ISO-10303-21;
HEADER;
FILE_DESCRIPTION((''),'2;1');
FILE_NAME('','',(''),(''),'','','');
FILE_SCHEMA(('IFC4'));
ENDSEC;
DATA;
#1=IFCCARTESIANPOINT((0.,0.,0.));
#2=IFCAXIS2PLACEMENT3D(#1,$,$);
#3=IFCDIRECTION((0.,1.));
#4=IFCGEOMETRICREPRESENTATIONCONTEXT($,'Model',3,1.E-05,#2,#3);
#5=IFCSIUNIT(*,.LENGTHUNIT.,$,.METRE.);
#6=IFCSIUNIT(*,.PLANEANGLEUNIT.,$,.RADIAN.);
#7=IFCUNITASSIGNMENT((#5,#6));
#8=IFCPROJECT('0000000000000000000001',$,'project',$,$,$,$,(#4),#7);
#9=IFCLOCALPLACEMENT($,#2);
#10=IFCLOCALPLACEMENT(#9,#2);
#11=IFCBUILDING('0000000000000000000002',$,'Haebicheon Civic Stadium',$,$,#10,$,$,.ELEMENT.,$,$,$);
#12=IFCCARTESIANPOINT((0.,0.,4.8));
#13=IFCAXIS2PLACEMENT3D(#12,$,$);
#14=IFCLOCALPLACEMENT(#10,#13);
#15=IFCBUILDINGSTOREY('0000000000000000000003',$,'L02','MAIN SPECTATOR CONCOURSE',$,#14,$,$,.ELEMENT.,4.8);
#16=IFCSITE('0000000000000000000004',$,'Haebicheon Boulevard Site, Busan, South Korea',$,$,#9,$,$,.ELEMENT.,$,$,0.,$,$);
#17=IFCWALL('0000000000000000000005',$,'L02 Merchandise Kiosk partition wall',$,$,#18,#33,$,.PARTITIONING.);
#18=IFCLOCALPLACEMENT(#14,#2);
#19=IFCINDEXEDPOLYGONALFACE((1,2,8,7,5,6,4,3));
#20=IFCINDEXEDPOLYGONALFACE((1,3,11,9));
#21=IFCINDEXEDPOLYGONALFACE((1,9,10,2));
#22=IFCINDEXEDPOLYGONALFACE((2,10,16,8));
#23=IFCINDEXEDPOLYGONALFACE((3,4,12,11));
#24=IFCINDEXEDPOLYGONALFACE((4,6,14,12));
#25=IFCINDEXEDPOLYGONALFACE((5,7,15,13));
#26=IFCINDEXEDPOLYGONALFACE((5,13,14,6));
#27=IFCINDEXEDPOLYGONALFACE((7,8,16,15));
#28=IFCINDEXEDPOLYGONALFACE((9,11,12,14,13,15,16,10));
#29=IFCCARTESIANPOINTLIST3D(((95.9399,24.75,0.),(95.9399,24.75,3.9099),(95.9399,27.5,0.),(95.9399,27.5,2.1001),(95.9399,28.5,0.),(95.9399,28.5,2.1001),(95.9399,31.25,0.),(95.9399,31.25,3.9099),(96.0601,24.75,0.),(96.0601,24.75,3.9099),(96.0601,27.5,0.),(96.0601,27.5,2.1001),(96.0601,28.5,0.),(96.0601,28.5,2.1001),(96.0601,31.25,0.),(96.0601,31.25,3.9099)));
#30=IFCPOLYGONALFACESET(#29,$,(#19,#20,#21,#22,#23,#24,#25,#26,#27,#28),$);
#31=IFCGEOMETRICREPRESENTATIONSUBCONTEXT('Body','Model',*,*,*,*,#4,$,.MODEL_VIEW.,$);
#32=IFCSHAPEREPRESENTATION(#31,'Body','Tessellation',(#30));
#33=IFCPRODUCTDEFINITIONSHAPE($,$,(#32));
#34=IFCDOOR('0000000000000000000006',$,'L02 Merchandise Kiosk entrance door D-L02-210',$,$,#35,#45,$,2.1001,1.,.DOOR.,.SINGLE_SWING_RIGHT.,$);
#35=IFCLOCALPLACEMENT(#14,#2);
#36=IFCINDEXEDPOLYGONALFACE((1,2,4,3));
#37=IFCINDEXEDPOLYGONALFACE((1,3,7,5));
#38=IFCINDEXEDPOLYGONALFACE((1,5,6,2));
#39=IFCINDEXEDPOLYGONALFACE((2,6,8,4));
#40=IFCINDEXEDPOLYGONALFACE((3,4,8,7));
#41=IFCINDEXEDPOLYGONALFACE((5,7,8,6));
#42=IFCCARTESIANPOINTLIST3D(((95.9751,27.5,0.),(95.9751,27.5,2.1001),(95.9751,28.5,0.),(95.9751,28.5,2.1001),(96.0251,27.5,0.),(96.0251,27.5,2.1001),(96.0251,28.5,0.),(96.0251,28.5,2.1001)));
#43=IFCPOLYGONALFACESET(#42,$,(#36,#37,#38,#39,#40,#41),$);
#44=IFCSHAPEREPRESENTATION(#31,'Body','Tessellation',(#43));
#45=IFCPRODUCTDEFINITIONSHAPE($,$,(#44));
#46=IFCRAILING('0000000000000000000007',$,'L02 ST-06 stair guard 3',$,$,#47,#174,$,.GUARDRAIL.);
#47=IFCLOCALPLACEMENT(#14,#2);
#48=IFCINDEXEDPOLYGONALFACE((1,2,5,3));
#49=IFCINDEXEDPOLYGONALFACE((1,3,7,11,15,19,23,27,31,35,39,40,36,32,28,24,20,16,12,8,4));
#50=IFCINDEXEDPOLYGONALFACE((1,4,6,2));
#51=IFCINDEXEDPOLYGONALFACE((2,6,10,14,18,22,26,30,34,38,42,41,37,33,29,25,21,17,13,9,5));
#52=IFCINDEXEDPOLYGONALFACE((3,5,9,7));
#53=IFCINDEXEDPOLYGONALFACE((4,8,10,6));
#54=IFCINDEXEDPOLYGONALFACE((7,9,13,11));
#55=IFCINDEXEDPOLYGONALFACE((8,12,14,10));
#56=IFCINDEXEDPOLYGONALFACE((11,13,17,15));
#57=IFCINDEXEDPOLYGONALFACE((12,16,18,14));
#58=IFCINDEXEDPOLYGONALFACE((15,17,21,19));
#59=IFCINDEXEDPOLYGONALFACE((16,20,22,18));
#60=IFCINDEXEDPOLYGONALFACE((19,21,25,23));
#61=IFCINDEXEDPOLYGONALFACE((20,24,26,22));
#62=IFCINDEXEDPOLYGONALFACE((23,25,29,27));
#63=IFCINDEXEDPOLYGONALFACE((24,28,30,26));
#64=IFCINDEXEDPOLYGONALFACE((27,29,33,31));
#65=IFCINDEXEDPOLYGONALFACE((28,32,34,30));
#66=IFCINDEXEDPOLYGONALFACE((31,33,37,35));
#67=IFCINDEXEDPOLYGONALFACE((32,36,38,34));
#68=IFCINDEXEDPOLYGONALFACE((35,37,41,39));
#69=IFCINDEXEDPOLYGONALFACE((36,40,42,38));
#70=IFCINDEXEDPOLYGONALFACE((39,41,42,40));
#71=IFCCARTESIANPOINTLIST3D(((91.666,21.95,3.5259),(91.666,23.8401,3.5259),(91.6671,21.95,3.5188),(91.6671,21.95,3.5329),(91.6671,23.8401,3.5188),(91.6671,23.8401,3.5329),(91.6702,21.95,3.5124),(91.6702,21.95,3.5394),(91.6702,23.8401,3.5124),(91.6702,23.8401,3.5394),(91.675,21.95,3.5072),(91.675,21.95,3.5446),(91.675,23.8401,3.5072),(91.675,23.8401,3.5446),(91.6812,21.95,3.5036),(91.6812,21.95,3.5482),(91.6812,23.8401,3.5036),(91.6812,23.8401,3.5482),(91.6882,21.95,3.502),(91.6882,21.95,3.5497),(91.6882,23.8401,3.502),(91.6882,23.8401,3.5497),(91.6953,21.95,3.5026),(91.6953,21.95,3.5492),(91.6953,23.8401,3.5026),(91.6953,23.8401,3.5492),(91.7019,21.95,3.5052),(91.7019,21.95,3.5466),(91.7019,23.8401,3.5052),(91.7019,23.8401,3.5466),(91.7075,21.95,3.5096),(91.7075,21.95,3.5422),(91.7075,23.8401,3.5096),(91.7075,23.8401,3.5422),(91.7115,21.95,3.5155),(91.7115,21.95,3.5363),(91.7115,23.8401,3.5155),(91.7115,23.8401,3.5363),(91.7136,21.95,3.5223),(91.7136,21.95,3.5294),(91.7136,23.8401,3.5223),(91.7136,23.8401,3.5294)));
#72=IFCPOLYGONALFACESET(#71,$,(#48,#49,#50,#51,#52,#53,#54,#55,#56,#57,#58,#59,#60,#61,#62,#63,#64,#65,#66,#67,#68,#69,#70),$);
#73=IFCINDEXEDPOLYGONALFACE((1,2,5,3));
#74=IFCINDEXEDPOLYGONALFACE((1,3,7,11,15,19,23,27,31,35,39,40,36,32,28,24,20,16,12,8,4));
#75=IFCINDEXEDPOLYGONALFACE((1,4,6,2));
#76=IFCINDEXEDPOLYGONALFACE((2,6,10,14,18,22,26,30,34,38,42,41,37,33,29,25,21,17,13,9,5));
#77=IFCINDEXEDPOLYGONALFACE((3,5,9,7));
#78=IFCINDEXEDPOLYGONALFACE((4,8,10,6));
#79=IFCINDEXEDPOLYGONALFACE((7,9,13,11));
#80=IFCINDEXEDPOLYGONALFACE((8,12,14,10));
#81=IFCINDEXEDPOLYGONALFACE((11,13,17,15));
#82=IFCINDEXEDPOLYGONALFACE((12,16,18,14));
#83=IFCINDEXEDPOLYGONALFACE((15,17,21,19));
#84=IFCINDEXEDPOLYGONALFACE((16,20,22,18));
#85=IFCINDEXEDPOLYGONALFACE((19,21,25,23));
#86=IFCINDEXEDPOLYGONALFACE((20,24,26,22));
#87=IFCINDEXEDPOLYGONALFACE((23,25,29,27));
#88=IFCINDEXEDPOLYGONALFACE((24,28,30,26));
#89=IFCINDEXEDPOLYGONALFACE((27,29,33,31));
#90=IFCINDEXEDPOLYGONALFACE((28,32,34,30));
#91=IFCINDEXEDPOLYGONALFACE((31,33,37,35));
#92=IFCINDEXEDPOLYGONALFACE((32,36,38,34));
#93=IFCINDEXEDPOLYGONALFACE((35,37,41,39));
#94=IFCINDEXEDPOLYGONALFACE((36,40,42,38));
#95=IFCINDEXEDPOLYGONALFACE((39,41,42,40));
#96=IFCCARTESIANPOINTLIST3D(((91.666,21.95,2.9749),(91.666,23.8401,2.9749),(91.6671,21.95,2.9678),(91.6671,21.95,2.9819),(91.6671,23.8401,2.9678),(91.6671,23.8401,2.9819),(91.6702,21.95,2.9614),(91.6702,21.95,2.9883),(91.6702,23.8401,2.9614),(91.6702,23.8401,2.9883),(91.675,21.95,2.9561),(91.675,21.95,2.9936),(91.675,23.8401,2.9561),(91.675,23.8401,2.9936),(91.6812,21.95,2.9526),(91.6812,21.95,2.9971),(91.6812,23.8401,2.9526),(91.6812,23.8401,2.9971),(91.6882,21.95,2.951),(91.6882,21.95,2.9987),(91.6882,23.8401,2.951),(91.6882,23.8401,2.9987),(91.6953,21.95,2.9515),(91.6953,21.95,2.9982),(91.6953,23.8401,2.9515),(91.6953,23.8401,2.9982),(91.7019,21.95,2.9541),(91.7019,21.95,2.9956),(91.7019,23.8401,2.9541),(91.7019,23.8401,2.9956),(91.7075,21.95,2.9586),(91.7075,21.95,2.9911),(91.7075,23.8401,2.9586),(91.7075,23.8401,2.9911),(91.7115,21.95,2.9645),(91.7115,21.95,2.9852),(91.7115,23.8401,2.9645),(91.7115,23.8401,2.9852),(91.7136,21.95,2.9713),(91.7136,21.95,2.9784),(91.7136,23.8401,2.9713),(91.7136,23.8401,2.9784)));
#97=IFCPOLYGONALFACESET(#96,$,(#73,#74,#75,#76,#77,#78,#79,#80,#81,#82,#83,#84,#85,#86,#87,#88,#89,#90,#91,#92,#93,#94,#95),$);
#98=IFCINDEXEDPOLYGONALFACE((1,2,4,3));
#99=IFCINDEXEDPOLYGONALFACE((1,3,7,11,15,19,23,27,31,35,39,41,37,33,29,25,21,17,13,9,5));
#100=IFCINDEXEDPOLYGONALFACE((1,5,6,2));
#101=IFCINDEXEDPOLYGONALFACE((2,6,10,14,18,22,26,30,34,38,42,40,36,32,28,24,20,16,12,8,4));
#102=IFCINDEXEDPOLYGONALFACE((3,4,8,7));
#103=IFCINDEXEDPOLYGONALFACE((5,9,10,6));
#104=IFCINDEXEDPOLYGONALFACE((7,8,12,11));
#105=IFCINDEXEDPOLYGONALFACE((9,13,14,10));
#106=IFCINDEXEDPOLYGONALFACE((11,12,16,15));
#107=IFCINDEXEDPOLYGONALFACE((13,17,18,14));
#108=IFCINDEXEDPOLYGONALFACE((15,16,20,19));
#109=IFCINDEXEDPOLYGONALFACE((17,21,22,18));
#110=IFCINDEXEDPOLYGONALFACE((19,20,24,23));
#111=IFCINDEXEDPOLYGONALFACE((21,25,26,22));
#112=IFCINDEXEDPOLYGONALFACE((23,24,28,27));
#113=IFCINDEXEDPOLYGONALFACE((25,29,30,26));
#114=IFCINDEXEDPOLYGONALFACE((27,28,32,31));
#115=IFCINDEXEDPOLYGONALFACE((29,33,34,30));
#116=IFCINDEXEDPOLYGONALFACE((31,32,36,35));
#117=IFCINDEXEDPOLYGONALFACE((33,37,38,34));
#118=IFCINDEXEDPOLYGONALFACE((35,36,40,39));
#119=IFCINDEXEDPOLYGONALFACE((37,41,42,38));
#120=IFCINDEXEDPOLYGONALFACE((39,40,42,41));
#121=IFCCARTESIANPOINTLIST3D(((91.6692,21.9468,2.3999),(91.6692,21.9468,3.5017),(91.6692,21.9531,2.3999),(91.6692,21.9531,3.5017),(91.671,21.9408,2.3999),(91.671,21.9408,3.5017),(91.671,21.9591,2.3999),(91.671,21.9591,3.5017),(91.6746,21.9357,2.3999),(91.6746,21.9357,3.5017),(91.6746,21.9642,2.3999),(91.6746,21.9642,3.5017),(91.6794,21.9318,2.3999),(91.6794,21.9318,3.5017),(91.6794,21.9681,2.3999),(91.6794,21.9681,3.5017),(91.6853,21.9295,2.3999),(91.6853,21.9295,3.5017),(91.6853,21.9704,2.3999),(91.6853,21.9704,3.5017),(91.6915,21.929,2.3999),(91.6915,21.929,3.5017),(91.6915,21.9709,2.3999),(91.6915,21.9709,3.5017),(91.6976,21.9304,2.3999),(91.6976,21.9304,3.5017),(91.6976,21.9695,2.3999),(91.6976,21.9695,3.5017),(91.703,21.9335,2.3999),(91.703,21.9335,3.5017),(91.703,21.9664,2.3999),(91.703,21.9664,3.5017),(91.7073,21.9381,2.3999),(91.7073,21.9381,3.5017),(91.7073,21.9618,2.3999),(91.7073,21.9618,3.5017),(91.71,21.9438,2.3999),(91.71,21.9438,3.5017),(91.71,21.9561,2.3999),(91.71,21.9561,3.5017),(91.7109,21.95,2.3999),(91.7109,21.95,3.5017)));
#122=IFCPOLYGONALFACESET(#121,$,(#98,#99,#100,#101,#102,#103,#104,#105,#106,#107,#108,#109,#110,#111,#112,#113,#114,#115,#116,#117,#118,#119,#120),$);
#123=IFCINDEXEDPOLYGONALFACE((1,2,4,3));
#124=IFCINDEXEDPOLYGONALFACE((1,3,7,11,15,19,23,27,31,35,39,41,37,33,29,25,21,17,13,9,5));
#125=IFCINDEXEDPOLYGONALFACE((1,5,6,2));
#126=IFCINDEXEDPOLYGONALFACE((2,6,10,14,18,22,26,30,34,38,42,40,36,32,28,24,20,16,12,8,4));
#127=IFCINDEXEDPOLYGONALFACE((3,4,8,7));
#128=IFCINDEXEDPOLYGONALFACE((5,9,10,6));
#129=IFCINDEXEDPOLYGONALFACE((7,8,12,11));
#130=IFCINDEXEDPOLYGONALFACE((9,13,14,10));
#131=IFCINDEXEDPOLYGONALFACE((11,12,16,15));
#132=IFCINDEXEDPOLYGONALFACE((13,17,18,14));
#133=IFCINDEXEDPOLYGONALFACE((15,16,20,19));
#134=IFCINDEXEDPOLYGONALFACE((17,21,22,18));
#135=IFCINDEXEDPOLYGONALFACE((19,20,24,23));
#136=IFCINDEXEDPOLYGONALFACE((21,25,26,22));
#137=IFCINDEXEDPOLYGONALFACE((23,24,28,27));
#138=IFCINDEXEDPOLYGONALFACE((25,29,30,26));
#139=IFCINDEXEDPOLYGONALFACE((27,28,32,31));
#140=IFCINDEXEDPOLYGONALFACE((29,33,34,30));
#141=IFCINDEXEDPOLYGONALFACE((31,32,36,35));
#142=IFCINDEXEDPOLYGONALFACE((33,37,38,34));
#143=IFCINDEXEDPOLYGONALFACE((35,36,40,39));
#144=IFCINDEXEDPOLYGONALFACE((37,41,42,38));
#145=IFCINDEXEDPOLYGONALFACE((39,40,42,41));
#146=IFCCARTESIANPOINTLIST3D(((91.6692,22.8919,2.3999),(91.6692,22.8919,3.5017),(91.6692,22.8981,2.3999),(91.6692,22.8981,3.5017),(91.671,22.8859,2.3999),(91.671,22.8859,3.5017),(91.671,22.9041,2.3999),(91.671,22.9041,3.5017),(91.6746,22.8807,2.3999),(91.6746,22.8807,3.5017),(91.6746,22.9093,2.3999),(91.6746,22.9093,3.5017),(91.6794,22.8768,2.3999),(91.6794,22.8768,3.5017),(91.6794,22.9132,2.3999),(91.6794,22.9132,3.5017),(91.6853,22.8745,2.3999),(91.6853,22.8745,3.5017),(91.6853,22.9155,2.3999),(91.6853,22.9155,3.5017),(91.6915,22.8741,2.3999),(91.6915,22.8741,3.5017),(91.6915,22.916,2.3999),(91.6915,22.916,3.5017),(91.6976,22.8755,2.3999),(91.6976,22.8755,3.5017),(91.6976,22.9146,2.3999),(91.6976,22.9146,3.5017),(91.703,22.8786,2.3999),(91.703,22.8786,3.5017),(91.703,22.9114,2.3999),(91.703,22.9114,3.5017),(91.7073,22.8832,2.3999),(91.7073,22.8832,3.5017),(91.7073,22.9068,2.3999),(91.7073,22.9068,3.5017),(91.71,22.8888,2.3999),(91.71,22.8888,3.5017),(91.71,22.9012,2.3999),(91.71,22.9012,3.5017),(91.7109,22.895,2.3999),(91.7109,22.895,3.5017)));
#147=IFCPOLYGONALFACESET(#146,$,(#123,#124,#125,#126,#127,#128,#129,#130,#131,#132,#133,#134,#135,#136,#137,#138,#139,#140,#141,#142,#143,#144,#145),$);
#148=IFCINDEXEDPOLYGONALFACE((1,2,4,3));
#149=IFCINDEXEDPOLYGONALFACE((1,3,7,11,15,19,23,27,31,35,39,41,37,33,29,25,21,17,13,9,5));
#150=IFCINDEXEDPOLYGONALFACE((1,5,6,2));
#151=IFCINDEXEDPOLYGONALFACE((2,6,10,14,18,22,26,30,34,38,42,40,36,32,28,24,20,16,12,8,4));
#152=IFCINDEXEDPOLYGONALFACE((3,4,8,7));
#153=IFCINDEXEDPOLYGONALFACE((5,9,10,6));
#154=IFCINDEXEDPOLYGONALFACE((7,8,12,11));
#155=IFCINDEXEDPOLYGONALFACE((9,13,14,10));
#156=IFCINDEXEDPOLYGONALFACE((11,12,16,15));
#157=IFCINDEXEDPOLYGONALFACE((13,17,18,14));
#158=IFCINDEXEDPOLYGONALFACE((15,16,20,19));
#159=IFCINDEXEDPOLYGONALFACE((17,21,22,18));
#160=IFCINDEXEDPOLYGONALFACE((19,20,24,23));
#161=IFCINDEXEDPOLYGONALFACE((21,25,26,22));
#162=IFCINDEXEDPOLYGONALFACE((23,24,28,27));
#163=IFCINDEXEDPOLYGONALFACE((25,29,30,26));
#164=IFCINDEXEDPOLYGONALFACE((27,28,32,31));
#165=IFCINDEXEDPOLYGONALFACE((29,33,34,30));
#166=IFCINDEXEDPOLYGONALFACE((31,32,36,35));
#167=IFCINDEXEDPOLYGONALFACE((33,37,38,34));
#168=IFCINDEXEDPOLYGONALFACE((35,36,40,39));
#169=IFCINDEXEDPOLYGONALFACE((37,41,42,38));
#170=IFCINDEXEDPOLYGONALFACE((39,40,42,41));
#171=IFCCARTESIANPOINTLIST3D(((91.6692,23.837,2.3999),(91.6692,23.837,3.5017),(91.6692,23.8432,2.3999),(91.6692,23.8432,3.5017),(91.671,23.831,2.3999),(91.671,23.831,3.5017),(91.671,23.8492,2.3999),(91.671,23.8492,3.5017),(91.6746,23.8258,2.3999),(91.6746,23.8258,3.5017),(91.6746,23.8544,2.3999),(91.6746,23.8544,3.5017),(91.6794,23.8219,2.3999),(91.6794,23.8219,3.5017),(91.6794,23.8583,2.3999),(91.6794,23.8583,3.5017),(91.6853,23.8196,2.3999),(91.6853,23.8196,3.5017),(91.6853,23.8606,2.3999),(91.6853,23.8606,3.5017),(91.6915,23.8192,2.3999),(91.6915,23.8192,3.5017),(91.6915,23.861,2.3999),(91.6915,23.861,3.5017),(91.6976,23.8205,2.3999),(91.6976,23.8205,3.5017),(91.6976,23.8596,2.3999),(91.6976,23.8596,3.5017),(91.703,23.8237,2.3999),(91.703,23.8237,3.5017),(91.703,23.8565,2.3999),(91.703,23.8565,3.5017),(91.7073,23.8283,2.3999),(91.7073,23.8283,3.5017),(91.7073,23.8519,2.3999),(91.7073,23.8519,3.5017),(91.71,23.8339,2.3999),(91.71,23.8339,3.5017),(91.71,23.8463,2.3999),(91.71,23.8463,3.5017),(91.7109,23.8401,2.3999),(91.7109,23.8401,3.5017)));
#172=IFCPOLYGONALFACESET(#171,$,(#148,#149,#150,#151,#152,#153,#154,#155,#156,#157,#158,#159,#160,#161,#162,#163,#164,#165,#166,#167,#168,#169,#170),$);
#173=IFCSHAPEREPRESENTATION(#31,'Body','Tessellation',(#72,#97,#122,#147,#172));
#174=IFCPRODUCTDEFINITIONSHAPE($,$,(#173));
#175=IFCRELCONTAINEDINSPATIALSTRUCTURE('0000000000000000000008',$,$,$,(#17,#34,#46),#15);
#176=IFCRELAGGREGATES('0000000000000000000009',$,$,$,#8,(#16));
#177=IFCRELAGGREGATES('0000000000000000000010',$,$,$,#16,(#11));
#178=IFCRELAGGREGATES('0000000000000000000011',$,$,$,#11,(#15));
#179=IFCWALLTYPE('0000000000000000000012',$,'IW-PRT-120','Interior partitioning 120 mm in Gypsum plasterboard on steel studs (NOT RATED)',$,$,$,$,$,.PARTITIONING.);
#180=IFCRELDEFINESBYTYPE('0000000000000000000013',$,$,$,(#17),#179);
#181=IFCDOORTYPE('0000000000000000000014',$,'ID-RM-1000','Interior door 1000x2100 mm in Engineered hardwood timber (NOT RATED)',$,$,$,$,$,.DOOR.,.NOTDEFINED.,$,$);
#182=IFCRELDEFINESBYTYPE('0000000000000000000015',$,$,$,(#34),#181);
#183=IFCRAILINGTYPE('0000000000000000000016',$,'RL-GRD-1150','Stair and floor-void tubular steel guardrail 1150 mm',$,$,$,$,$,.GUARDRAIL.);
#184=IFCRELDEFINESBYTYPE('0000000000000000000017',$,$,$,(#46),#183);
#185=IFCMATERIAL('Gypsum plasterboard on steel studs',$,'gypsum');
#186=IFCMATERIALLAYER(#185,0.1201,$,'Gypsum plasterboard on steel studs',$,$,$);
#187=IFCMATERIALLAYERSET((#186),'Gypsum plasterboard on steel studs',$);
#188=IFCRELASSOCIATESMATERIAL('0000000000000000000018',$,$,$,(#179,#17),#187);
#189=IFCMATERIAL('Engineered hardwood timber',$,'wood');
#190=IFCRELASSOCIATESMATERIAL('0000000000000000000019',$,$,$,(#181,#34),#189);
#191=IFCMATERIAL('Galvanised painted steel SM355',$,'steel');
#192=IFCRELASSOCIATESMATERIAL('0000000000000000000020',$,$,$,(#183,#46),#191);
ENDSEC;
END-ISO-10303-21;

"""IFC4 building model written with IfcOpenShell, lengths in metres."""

from ifc_helpers import new_model, si_unit, direction, frame, frame_2d, origin, origin_2d, place, context, subcontext, project, spatial, rectangle, circle, extrude, material, layer, layer_set, type_object, element, fill, save


model = new_model("IFC4")

# Units and contexts
model_context = context("Model", 3, precision=1e-05, world=origin(), true_north=direction((0.0, 1.0)))
body_context = subcontext(model_context, "Body", "Model", "MODEL_VIEW")
ifc_project = project(units=[si_unit("LENGTHUNIT", "METRE"), si_unit("PLANEANGLEUNIT", "RADIAN")], contexts=[model_context])

# Site, building, storey
site_placement = place(None, origin())
site = spatial("IfcSite", under=ifc_project, at=site_placement, Name="Haebicheon Boulevard Site, Busan, South Korea", CompositionType="ELEMENT", RefElevation=0.0)
building_placement = place(site_placement, origin())
building = spatial("IfcBuilding", under=site, at=building_placement, Name="Haebicheon Civic Stadium", CompositionType="ELEMENT")
storey_placement = place(building_placement, frame((0.0, 0.0, 4.8)))
storey = spatial("IfcBuildingStorey", under=building, at=storey_placement, Name="L02", Description="MAIN SPECTATOR CONCOURSE", CompositionType="ELEMENT", Elevation=4.8)

# Wall, opening, door
ifc_material_1 = material(Name="Gypsum plasterboard on steel studs", Category="gypsum")
ifc_layer_1 = layer(ifc_material_1, 0.1201, Name="Gypsum plasterboard on steel studs")
ifc_layer_set_1 = layer_set([ifc_layer_1], Name="Gypsum plasterboard on steel studs")
wall_type_1 = type_object("IfcWallType", Name="IW-PRT-120", Description="Interior partitioning 120 mm in Gypsum plasterboard on steel studs (NOT RATED)", PredefinedType="PARTITIONING", material=ifc_layer_set_1)
wall_1_placement = place(storey_placement, frame((96.0, 24.75, 0.0), z_axis=(0.0, 0.0, 1.0), x_axis=(0.0, 1.0, 0.0)))
wall_1 = element("IfcWall", 1, at=wall_1_placement, inside=storey, type_object=wall_type_1, material=ifc_layer_set_1, Name="L02 Merchandise Kiosk partition wall", PredefinedType="PARTITIONING", context=body_context, shape_type="SweptSolid", body=[
    extrude(rectangle(XDim=6.5, YDim=0.1201, at=frame_2d((3.25, 0.0))), origin(), (0.0, 0.0, 1.0), 3.9099),
])
opening_1_placement = place(wall_1_placement, frame((2.75, 0.0, 0.0)))
opening_1 = element("IfcOpeningElement", 2, at=opening_1_placement, cuts=wall_1, PredefinedType="OPENING", context=body_context, shape_type="SweptSolid", body=[
    extrude(rectangle(XDim=1.0, YDim=2.1001, at=frame_2d((0.5, 1.05))), frame((0.0, 0.0701, 0.0), z_axis=(0.0, -1.0, 0.0), x_axis=(1.0, 0.0, 0.0)), (0.0, 0.0, 1.0), 0.1401),
])
ifc_material_2 = material(Name="Engineered hardwood timber", Category="wood")
door_type_1 = type_object("IfcDoorType", Name="ID-RM-1000", Description="Interior door 1000x2100 mm in Engineered hardwood timber (NOT RATED)", OperationType="NOTDEFINED", PredefinedType="DOOR", material=ifc_material_2)
door_1_placement = place(opening_1_placement, origin())
door_1 = element("IfcDoor", 3, at=door_1_placement, inside=storey, type_object=door_type_1, material=ifc_material_2, Name="L02 Merchandise Kiosk entrance door D-L02-210", OperationType="SINGLE_SWING_RIGHT", OverallHeight=2.1001, OverallWidth=1.0, PredefinedType="DOOR", context=body_context, shape_type="SweptSolid", body=[
    extrude(rectangle(XDim=1.0, YDim=2.1001, at=frame_2d((0.5, 1.05))), frame((0.0, 0.0249, 0.0), z_axis=(0.0, -1.0, 0.0), x_axis=(1.0, 0.0, 0.0)), (0.0, 0.0, 1.0), 0.05),
])
fill(opening_1, door_1)

# Railing
ifc_material_3 = material(Name="Galvanised painted steel SM355", Category="steel")
railing_type_1 = type_object("IfcRailingType", Name="RL-GRD-1150", Description="Stair and floor-void tubular steel guardrail 1150 mm", PredefinedType="GUARDRAIL", material=ifc_material_3)
railing_1_placement = place(storey_placement, frame((91.6899, 21.95, 2.3999)))
element("IfcRailing", 4, at=railing_1_placement, inside=storey, type_object=railing_type_1, material=ifc_material_3, Name="L02 ST-06 stair guard 3", PredefinedType="GUARDRAIL", context=body_context, shape_type="SweptSolid", body=[
    extrude(circle(Radius=0.0239, at=origin_2d()), frame((0.0, 0.0, 1.126), z_axis=(0.0, 1.0, 0.0), x_axis=(-1.0, 0.0, 0.0)), (0.0, 0.0, 1.0), 1.8901),
    extrude(circle(Radius=0.0239, at=origin_2d()), frame((0.0, 0.0, 0.575), z_axis=(0.0, 1.0, 0.0), x_axis=(-1.0, 0.0, 0.0)), (0.0, 0.0, 1.0), 1.8901),
    extrude(circle(Radius=0.021, at=origin_2d()), origin(), (0.0, 0.0, 1.0), 1.1018),
    extrude(circle(Radius=0.021, at=origin_2d()), frame((0.0, 0.9451, 0.0)), (0.0, 0.0, 1.0), 1.1018),
    extrude(circle(Radius=0.021, at=origin_2d()), frame((0.0, 1.8901, 0.0)), (0.0, 0.0, 1.0), 1.1018),
])

save(model, "model.ifc")
